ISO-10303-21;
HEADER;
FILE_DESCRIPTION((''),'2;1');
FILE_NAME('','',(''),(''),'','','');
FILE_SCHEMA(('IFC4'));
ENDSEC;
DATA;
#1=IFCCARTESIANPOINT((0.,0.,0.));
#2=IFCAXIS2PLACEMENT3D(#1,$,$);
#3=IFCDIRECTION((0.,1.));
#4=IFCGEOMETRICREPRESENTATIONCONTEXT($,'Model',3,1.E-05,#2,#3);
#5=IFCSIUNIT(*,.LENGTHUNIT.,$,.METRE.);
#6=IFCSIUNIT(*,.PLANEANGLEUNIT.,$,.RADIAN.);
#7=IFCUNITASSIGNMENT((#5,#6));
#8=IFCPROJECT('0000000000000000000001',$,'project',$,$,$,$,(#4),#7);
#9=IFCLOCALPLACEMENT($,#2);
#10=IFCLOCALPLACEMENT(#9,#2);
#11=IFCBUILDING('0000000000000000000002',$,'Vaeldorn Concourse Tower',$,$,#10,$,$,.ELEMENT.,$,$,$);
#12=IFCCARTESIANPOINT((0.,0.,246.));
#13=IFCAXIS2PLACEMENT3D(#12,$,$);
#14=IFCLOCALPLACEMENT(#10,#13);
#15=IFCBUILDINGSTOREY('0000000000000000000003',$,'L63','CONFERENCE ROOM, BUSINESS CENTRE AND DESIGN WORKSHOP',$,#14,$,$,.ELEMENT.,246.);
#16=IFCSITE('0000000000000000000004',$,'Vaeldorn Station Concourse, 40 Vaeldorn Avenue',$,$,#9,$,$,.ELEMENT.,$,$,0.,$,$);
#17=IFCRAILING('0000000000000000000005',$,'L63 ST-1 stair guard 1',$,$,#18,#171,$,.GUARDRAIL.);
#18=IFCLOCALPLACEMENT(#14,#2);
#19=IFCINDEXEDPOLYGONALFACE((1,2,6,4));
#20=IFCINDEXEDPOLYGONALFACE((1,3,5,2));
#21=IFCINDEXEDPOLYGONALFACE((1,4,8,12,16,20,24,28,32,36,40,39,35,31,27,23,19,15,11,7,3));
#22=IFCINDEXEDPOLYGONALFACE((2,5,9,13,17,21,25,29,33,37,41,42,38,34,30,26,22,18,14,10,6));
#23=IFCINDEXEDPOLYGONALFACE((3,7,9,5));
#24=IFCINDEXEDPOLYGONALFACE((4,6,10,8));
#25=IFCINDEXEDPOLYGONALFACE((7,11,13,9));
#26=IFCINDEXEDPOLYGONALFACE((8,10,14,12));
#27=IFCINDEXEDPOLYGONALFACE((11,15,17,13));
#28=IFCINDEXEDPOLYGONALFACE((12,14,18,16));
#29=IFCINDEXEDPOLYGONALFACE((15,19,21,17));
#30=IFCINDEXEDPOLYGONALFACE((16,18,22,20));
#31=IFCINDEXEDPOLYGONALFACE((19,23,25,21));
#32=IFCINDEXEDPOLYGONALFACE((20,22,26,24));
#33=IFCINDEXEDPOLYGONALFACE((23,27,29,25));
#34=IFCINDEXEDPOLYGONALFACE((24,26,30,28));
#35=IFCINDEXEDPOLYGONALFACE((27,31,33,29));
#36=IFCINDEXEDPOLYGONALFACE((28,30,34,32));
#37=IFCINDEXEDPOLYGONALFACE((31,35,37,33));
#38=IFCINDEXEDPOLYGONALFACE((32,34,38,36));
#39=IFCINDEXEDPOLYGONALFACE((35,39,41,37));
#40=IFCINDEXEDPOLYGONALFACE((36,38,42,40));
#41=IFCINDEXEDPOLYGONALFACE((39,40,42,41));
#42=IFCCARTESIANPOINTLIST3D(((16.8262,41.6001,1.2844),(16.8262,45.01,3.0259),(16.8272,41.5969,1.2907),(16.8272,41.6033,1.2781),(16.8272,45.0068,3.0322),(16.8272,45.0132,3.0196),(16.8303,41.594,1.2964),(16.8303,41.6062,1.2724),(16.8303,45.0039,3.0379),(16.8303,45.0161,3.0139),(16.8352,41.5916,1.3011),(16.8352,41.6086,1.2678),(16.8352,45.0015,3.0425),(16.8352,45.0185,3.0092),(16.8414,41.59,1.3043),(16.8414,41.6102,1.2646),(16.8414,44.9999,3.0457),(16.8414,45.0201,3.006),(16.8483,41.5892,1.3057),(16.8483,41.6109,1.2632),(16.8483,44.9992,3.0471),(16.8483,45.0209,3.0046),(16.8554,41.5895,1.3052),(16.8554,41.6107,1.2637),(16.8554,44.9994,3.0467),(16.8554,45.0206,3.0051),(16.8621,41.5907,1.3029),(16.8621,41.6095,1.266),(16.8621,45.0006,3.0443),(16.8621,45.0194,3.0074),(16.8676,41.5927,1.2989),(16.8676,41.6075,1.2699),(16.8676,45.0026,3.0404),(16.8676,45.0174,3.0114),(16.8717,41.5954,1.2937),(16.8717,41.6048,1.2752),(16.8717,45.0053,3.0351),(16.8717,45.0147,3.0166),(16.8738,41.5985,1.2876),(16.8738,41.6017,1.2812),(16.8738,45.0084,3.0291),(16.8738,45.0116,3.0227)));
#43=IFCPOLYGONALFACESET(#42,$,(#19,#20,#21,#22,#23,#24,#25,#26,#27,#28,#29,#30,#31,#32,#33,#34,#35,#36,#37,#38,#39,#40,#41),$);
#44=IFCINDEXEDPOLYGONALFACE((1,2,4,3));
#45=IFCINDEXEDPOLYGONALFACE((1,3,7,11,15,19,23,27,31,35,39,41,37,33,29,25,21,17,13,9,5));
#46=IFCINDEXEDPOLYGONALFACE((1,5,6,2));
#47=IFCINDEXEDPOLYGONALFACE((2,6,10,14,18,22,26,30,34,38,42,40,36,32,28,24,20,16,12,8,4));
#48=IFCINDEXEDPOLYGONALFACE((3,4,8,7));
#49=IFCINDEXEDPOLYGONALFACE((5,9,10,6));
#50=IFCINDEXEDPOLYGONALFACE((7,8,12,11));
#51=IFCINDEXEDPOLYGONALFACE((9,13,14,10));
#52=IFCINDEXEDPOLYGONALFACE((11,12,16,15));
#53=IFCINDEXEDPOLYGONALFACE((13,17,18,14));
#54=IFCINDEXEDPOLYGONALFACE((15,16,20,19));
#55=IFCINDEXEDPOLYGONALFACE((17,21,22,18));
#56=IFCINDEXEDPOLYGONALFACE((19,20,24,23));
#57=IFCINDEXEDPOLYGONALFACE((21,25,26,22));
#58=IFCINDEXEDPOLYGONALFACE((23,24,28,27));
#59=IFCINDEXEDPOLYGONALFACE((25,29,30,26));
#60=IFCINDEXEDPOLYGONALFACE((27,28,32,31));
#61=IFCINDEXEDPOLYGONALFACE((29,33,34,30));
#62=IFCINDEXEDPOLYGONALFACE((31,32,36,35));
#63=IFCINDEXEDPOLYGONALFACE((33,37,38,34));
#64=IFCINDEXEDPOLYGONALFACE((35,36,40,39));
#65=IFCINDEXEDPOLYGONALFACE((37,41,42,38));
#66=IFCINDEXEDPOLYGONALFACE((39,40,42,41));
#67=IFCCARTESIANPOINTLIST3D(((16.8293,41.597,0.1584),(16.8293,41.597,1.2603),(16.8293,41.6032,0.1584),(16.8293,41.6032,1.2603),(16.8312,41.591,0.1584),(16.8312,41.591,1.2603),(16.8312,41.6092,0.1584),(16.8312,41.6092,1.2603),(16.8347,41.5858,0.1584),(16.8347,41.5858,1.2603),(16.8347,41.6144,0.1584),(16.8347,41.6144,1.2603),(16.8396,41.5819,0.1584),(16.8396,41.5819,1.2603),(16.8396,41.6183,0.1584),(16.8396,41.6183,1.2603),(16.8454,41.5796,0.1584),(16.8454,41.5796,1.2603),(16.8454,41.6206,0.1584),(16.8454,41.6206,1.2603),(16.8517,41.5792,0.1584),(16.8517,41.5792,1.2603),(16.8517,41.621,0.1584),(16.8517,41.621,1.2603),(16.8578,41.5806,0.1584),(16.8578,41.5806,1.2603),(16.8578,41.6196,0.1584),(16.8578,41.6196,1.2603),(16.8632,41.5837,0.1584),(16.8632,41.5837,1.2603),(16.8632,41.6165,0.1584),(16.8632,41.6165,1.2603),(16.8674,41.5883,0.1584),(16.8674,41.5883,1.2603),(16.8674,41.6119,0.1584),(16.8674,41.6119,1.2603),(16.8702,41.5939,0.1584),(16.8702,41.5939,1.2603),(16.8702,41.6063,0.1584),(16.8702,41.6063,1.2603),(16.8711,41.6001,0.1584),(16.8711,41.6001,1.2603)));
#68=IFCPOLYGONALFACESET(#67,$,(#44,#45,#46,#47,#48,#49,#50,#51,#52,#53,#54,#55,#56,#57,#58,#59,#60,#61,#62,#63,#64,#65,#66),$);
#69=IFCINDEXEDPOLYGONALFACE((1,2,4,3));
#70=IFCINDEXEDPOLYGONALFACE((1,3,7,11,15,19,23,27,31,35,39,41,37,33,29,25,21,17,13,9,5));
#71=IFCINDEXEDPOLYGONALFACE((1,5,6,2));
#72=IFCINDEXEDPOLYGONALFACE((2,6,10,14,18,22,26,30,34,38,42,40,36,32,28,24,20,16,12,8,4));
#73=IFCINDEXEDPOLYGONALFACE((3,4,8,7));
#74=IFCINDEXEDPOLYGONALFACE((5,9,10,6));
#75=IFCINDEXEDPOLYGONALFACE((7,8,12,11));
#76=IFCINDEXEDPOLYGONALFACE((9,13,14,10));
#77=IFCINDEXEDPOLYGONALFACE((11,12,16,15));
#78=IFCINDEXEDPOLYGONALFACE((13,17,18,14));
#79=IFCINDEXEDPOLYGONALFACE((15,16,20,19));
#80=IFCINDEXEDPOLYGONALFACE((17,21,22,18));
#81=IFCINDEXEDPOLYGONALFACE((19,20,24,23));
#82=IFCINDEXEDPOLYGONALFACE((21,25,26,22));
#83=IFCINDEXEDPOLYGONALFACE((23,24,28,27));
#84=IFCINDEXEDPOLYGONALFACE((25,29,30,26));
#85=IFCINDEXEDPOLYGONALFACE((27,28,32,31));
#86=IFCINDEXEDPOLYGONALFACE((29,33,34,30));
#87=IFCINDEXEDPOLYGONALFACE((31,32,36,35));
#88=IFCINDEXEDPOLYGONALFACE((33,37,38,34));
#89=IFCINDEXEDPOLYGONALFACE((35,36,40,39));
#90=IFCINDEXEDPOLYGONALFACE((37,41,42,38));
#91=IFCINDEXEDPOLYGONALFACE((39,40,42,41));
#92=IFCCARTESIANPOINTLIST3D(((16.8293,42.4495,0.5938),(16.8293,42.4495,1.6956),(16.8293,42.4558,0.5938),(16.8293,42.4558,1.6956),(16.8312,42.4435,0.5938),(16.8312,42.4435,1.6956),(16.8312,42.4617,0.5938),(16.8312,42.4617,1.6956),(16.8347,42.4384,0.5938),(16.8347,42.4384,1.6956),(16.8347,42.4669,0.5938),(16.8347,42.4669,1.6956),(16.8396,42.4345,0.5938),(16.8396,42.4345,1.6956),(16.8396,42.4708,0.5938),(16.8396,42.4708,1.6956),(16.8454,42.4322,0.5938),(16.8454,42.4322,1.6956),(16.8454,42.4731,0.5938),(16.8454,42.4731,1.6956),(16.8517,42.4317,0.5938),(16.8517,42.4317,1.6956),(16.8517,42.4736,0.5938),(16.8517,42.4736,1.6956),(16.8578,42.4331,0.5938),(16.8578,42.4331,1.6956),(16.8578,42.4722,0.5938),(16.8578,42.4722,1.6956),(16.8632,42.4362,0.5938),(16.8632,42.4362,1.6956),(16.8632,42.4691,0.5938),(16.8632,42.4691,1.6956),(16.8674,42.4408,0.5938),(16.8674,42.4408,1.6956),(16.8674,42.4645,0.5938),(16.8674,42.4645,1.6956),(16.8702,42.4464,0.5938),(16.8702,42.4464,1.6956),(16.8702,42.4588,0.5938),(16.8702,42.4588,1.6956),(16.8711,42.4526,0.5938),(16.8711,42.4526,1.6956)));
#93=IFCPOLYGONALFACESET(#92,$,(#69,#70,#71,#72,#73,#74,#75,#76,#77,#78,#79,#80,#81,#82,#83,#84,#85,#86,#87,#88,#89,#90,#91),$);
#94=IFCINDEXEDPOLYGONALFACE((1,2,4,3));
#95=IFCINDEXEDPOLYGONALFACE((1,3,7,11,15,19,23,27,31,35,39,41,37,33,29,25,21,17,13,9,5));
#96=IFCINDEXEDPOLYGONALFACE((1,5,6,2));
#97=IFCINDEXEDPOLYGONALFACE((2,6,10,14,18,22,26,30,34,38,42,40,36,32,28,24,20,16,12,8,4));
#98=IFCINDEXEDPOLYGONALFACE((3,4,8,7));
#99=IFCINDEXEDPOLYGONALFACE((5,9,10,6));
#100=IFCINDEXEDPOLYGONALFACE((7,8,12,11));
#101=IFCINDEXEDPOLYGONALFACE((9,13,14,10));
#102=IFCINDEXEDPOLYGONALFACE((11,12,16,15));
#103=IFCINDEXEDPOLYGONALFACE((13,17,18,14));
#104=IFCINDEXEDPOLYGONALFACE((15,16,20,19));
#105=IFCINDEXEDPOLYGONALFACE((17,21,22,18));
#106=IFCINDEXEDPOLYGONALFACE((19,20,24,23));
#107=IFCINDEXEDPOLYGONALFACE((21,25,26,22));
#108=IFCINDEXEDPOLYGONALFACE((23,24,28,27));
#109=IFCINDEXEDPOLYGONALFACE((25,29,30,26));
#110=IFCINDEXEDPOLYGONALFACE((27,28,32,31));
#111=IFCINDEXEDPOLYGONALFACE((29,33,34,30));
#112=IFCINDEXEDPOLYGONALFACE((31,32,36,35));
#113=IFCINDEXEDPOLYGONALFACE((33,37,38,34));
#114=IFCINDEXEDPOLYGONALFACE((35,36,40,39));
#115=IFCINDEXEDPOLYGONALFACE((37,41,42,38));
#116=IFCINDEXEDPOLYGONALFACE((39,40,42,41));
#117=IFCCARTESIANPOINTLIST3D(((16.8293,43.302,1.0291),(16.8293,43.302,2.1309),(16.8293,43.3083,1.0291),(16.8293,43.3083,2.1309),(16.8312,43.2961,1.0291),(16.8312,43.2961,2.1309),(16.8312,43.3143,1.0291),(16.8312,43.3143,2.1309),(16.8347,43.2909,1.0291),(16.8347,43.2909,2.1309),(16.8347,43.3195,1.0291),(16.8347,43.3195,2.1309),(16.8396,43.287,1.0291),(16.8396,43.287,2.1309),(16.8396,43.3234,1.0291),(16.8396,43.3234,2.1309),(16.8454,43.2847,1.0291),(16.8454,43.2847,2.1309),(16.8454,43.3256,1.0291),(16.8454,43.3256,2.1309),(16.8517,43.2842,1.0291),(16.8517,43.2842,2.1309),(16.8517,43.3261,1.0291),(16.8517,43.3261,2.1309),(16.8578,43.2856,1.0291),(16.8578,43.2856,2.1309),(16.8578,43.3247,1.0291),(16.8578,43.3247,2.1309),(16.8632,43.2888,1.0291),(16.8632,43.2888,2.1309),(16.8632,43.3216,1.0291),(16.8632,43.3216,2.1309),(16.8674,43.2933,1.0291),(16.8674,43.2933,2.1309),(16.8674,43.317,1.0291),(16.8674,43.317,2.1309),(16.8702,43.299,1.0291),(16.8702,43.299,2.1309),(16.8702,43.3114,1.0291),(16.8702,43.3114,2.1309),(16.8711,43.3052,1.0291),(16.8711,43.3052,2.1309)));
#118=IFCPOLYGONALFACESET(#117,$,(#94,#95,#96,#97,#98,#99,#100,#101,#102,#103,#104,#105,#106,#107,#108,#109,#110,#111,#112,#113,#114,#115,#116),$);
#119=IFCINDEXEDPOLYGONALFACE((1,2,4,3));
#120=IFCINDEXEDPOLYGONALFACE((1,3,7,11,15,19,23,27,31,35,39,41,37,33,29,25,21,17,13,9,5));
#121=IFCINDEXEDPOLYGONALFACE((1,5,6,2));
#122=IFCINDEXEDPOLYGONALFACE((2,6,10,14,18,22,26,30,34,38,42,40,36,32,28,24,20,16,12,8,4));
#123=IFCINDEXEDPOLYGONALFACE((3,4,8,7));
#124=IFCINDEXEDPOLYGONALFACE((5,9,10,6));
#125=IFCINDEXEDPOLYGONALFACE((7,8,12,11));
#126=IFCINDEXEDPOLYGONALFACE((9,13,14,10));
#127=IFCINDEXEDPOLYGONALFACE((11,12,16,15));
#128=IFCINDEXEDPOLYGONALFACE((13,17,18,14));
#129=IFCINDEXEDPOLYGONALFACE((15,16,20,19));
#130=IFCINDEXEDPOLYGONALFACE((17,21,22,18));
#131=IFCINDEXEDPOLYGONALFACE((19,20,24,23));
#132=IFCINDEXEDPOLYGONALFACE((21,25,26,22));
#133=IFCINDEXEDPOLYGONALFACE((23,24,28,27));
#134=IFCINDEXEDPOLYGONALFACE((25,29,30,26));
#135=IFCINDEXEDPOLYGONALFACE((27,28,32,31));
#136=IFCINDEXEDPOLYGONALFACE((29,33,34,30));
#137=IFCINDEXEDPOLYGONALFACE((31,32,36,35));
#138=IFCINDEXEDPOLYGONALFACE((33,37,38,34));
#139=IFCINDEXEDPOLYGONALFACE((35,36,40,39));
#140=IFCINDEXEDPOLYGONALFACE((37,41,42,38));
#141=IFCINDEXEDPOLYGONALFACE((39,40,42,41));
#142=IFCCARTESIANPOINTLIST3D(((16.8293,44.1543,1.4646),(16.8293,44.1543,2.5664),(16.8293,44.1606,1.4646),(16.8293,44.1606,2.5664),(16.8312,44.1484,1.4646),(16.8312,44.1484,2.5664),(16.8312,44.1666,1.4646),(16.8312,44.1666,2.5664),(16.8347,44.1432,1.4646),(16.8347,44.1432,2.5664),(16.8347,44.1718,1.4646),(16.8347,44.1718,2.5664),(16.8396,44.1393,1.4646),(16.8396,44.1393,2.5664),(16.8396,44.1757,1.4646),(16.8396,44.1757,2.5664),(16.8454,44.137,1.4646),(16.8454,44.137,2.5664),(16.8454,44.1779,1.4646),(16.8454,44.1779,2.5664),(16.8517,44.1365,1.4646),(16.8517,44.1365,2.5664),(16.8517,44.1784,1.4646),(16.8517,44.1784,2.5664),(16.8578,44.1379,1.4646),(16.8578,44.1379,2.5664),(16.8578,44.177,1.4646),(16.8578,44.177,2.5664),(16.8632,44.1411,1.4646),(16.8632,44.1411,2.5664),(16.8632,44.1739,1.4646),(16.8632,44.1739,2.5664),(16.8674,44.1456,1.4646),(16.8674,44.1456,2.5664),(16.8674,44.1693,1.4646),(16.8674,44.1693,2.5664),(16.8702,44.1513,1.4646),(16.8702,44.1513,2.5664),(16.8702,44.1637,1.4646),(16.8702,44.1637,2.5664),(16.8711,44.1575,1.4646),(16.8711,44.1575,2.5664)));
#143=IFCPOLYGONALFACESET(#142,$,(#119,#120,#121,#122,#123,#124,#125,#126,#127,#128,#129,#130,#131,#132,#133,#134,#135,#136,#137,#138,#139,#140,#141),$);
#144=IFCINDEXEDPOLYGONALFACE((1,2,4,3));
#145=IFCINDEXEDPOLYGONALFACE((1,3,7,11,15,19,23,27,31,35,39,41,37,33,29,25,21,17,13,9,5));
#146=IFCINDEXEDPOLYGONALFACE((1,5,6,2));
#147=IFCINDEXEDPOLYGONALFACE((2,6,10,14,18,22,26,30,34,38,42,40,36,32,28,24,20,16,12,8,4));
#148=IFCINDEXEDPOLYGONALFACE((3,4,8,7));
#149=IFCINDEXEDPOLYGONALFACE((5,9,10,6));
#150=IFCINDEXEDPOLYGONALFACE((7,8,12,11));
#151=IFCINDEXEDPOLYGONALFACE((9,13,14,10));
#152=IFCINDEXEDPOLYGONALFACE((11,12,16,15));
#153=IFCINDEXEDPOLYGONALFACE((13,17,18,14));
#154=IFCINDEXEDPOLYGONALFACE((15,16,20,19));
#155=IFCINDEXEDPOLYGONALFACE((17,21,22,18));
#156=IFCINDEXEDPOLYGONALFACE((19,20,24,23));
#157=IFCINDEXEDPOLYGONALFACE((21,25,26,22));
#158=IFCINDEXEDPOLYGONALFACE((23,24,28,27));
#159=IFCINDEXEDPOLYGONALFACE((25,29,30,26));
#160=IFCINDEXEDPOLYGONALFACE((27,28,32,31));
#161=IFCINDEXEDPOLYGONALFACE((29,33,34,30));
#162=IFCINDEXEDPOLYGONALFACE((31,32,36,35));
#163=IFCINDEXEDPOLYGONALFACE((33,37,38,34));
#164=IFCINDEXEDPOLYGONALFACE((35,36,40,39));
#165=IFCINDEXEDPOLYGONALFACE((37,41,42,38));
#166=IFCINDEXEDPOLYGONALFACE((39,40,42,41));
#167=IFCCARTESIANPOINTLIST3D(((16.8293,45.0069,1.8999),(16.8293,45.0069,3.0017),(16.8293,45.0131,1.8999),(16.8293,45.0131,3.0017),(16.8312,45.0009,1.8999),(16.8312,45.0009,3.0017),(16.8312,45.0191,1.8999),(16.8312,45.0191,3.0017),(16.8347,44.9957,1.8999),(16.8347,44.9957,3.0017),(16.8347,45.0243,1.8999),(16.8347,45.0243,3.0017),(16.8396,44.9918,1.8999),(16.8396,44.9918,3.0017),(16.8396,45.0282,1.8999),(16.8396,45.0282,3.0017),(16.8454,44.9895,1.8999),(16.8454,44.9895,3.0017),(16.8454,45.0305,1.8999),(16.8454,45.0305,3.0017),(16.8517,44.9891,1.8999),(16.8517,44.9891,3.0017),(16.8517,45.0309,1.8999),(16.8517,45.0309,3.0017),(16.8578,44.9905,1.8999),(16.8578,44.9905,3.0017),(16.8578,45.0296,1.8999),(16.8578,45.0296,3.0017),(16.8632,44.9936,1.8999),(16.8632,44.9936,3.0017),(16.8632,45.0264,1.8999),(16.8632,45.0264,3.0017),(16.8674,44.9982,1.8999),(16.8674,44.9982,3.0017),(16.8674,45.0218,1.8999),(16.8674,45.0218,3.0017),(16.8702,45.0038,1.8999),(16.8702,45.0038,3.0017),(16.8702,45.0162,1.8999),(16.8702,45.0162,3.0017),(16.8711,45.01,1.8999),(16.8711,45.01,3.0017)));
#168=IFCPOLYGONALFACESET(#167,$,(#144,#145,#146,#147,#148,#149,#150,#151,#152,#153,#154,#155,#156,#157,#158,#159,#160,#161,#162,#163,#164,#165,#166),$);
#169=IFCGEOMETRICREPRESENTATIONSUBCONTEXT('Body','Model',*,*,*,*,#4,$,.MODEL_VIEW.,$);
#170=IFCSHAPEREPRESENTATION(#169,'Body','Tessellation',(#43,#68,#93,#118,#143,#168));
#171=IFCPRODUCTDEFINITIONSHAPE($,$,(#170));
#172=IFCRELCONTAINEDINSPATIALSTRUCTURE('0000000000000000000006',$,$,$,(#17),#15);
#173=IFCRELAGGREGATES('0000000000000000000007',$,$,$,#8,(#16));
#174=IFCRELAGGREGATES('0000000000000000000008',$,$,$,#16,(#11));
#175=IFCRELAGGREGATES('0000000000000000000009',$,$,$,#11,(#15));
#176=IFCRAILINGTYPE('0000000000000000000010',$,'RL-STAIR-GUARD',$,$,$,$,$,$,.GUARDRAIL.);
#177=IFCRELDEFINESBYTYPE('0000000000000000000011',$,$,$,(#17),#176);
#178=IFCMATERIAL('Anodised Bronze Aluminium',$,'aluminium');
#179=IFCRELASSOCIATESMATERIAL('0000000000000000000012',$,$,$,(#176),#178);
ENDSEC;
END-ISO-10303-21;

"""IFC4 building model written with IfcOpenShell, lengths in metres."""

from ifc_helpers import new_model, si_unit, direction, frame, origin, origin_2d, place, context, subcontext, project, spatial, circle, extrude, material, type_object, element, save


model = new_model("IFC4")

# Units and contexts
model_context = context("Model", 3, precision=1e-05, world=origin(), true_north=direction((0.0, 1.0)))
body_context = subcontext(model_context, "Body", "Model", "MODEL_VIEW")
ifc_project = project(units=[si_unit("LENGTHUNIT", "METRE"), si_unit("PLANEANGLEUNIT", "RADIAN")], contexts=[model_context])

# Site, building, storey
site_placement = place(None, origin())
site = spatial("IfcSite", under=ifc_project, at=site_placement, Name="Vaeldorn Station Concourse, 40 Vaeldorn Avenue", CompositionType="ELEMENT", RefElevation=0.0)
building_placement = place(site_placement, origin())
building = spatial("IfcBuilding", under=site, at=building_placement, Name="Vaeldorn Concourse Tower", CompositionType="ELEMENT")
storey_placement = place(building_placement, frame((0.0, 0.0, 246.0)))
storey = spatial("IfcBuildingStorey", under=building, at=storey_placement, Name="L63", Description="CONFERENCE ROOM, BUSINESS CENTRE AND DESIGN WORKSHOP", CompositionType="ELEMENT", Elevation=246.0)

# Shared definitions
ifc_material_1 = material(Name="Anodised Bronze Aluminium", Category="aluminium")

# Railing
railing_type_1 = type_object("IfcRailingType", Name="RL-STAIR-GUARD", PredefinedType="GUARDRAIL", material=ifc_material_1)
railing_1_placement = place(storey_placement, frame((16.8501, 41.6001, 0.1584)))
element("IfcRailing", 1, at=railing_1_placement, inside=storey, type_object=railing_type_1, Name="L63 ST-1 stair guard 1", PredefinedType="GUARDRAIL", context=body_context, shape_type="SweptSolid", body=[
    extrude(circle(Radius=0.0239, at=origin_2d()), frame((0.0, 0.0, 1.126), z_axis=(0.0, 0.890582, 0.454823), x_axis=(-1.0, 0.0, 0.0)), (0.0, 0.0, 1.0), 3.8289),
    extrude(circle(Radius=0.021, at=origin_2d()), origin(), (0.0, 0.0, 1.0), 1.1018),
    extrude(circle(Radius=0.021, at=origin_2d()), frame((0.0, 0.8525, 0.4353)), (0.0, 0.0, 1.0), 1.1018),
    extrude(circle(Radius=0.021, at=origin_2d()), frame((0.0, 1.7051, 0.8706)), (0.0, 0.0, 1.0), 1.1018),
    extrude(circle(Radius=0.021, at=origin_2d()), frame((0.0, 2.5574, 1.3062)), (0.0, 0.0, 1.0), 1.1018),
    extrude(circle(Radius=0.021, at=origin_2d()), frame((0.0, 3.4099, 1.7415)), (0.0, 0.0, 1.0), 1.1018),
])

save(model, "model.ifc")
